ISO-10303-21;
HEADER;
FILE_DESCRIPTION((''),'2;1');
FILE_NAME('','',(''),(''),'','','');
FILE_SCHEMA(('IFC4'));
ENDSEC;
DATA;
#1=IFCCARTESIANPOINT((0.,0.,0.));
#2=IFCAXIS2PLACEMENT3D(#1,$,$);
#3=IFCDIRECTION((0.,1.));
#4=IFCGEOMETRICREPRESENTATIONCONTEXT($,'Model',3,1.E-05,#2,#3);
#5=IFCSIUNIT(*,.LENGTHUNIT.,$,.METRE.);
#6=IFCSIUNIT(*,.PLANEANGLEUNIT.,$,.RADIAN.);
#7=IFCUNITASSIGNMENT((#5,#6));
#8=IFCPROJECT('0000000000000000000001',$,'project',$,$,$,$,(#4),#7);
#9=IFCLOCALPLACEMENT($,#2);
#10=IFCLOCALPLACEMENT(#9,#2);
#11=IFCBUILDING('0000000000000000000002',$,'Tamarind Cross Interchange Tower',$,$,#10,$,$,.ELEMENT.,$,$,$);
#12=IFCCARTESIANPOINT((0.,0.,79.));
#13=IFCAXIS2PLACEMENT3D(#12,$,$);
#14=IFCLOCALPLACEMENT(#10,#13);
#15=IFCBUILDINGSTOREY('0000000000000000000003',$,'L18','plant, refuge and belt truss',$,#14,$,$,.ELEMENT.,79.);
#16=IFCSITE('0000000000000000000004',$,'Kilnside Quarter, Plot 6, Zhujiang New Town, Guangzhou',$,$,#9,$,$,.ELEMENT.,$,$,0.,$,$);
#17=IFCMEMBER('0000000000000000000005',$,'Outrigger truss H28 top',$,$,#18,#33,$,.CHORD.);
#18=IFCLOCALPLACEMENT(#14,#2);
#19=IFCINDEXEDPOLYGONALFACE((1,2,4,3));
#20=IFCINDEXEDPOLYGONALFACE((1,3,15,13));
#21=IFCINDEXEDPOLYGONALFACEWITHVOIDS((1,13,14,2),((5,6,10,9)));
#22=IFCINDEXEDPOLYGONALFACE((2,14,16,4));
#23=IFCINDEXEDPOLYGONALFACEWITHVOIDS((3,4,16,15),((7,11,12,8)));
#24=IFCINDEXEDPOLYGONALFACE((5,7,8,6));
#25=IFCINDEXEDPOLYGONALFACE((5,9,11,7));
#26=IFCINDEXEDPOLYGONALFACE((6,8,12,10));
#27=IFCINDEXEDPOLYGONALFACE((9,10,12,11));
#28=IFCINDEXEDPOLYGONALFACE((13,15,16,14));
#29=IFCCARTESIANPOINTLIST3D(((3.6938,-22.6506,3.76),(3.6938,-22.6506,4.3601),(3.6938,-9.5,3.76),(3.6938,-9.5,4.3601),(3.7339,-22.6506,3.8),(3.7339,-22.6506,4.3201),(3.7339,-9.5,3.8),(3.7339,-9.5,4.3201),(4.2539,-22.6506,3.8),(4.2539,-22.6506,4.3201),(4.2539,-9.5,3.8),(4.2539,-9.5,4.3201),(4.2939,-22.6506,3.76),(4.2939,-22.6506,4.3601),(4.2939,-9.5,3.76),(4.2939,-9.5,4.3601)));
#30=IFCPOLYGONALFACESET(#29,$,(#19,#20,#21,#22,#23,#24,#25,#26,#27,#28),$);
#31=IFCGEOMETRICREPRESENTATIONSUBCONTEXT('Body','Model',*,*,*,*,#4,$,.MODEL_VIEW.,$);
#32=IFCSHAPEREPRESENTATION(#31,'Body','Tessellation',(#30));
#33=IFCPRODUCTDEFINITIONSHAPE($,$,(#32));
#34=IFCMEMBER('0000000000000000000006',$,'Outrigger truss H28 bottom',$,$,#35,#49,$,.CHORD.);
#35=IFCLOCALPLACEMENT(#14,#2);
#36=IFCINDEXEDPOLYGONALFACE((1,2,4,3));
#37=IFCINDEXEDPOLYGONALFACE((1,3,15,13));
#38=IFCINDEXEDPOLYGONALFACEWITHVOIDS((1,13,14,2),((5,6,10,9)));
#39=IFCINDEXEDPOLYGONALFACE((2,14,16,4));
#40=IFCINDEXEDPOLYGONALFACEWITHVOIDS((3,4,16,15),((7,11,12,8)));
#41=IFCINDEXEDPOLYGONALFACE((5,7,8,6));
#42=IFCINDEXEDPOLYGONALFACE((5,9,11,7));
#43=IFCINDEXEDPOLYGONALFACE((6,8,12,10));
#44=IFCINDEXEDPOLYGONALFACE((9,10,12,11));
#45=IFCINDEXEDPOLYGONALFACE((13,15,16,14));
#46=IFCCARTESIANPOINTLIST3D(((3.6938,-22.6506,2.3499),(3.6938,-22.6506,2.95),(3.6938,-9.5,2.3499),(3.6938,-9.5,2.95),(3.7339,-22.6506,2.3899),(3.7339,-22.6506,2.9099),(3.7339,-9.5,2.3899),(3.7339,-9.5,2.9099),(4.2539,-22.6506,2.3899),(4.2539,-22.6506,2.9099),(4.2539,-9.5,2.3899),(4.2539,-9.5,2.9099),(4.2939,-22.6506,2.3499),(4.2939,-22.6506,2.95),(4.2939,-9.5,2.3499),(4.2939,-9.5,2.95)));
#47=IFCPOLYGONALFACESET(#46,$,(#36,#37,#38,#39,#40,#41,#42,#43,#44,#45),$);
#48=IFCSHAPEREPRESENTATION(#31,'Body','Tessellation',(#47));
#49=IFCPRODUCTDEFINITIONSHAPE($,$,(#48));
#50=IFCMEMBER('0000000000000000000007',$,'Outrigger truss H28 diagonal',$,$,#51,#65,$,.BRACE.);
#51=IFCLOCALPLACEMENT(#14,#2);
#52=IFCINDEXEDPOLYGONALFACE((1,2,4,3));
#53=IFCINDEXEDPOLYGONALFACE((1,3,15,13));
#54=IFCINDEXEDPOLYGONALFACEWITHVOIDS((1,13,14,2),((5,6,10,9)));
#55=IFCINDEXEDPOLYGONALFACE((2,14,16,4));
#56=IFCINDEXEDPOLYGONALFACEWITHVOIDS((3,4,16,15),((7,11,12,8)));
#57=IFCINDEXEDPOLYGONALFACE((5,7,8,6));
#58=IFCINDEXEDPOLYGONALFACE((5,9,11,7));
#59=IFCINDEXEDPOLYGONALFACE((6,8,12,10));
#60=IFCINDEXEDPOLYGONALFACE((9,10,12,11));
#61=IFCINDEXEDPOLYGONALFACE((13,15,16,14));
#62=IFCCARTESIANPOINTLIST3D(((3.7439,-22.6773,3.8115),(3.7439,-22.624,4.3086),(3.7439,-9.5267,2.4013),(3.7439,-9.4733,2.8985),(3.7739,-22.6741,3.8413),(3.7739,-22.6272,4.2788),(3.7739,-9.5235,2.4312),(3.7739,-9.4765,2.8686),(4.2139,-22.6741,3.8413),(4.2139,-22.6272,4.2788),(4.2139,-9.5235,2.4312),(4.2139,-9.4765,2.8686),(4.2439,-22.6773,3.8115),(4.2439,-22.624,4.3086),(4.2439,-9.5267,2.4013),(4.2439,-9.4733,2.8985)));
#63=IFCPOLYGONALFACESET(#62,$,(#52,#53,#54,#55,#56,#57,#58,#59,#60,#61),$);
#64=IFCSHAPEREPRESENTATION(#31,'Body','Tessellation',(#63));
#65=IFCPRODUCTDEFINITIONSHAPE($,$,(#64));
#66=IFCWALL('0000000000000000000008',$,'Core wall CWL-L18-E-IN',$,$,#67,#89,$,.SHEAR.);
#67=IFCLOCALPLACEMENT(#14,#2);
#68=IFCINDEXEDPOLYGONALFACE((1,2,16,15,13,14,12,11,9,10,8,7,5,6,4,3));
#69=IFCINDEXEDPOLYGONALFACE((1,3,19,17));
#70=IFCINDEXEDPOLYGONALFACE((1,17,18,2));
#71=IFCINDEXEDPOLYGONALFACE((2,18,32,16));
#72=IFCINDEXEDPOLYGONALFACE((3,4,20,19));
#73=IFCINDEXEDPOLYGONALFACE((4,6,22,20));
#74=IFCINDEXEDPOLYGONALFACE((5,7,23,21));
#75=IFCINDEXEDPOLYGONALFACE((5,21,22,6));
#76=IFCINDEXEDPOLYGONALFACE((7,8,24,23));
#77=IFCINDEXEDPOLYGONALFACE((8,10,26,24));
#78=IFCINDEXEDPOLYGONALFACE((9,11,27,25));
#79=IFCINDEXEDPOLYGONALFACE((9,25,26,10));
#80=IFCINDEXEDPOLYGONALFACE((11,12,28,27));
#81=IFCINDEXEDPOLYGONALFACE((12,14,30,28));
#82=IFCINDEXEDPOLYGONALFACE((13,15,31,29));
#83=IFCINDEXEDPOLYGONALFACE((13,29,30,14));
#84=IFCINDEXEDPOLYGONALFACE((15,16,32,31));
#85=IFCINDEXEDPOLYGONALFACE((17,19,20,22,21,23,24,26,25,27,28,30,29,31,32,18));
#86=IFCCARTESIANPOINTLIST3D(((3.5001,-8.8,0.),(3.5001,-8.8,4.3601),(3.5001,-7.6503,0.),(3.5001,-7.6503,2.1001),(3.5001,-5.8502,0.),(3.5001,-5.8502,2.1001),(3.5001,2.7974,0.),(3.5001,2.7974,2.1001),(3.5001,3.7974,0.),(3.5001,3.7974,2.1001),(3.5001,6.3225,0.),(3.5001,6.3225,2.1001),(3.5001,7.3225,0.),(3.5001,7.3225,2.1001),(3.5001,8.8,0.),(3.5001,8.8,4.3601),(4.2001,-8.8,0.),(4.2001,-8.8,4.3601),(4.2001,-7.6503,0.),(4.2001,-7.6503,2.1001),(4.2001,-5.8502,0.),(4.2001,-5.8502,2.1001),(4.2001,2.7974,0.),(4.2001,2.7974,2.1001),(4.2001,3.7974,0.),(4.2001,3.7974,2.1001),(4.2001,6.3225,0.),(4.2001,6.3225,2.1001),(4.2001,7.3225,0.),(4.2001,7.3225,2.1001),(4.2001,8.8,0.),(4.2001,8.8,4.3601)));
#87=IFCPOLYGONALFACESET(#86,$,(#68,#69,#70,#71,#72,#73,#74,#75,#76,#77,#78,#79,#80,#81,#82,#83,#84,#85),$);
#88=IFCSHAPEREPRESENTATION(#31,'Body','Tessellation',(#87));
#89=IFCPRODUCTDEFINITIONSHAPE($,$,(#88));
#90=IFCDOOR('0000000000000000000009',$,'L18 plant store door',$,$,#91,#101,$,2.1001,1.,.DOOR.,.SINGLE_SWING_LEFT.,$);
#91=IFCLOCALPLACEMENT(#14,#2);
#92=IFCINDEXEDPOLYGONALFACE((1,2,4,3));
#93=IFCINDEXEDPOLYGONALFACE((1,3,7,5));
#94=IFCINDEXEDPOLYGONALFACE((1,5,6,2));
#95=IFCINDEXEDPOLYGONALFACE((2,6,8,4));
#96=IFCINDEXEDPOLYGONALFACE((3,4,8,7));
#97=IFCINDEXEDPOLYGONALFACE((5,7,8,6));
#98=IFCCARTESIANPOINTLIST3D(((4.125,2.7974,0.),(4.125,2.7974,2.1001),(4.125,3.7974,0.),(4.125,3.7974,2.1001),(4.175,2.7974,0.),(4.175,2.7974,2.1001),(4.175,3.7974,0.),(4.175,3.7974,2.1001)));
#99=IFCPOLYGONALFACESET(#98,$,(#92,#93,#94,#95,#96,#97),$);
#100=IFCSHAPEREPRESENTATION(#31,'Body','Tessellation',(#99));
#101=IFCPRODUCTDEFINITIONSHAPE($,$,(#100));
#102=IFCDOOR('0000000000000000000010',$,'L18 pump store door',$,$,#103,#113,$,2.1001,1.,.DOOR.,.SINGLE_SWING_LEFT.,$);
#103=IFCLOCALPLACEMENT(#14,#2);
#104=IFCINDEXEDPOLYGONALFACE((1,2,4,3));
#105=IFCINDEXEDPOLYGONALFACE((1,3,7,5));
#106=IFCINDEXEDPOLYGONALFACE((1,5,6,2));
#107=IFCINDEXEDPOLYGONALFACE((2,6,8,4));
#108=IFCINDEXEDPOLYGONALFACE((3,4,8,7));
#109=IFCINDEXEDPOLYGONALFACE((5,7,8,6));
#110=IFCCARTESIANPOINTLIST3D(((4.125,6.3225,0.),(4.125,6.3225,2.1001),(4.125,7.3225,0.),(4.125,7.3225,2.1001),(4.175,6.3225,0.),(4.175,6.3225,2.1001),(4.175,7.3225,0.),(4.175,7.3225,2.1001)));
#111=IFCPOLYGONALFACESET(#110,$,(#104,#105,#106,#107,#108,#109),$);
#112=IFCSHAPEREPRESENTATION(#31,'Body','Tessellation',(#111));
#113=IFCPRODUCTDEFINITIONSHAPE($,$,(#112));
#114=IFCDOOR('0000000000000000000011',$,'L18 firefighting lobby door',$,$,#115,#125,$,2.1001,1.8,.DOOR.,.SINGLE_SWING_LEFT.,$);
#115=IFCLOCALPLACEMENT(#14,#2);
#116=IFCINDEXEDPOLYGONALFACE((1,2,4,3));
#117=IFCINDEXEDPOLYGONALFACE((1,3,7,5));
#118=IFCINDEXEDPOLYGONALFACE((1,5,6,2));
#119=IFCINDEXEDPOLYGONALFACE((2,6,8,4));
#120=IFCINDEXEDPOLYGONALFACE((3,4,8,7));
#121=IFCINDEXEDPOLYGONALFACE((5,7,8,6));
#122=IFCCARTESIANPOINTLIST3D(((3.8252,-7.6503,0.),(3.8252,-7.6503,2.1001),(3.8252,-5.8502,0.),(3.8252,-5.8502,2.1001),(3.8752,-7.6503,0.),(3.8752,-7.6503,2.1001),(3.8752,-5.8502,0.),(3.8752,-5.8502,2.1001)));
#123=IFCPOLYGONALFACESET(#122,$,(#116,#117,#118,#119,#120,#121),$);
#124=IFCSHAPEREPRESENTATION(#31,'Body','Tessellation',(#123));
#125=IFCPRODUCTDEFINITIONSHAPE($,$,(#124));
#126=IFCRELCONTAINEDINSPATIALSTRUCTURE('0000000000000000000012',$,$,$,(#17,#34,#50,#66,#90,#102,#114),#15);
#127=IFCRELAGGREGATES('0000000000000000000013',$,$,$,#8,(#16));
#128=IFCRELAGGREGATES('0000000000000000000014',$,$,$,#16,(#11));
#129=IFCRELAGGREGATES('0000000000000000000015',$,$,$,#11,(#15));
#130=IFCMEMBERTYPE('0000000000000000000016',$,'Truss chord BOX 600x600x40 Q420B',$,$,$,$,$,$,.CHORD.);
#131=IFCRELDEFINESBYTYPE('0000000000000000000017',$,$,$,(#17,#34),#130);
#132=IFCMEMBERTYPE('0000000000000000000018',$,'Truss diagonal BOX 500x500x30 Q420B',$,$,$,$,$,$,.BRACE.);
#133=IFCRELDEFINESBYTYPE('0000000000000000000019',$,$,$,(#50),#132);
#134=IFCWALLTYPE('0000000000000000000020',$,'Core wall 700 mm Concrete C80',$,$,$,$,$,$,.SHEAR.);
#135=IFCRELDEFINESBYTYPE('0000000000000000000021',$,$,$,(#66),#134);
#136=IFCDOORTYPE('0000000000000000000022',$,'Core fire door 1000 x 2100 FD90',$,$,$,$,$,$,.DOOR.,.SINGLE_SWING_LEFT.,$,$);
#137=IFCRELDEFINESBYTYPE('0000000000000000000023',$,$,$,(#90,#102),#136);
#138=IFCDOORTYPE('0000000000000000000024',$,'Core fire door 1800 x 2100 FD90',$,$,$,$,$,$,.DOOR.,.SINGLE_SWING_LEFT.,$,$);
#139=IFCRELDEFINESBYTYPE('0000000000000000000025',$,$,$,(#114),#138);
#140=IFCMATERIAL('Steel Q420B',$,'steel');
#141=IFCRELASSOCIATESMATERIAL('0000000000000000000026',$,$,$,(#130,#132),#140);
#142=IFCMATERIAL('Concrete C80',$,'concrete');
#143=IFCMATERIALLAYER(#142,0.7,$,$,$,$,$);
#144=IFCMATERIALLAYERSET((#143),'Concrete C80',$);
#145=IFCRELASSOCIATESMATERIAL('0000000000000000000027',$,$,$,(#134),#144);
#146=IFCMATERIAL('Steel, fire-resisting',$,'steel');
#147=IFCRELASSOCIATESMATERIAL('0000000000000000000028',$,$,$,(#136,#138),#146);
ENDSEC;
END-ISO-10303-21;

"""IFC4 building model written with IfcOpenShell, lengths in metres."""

from ifc_helpers import new_model, si_unit, direction, frame, frame_2d, origin, origin_2d, place, context, subcontext, project, spatial, rectangle, hollow_rectangle, extrude, material, layer, layer_set, material_profile, profile_set, type_object, element, fill, save


model = new_model("IFC4")

# Units and contexts
model_context = context("Model", 3, precision=1e-05, world=origin(), true_north=direction((0.0, 1.0)))
body_context = subcontext(model_context, "Body", "Model", "MODEL_VIEW")
ifc_project = project(units=[si_unit("LENGTHUNIT", "METRE"), si_unit("PLANEANGLEUNIT", "RADIAN")], contexts=[model_context])

# Site, building, storey
site_placement = place(None, origin())
site = spatial("IfcSite", under=ifc_project, at=site_placement, Name="Kilnside Quarter, Plot 6, Zhujiang New Town, Guangzhou", CompositionType="ELEMENT", RefElevation=0.0)
building_placement = place(site_placement, origin())
building = spatial("IfcBuilding", under=site, at=building_placement, Name="Tamarind Cross Interchange Tower", CompositionType="ELEMENT")
storey_placement = place(building_placement, frame((0.0, 0.0, 79.0)))
storey = spatial("IfcBuildingStorey", under=building, at=storey_placement, Name="L18", Description="plant, refuge and belt truss", CompositionType="ELEMENT", Elevation=79.0)

# Members
ifc_material_1 = material(Name="Steel Q420B", Category="steel")
ifc_material_profile_1 = material_profile(ifc_material_1, hollow_rectangle(XDim=0.6001, YDim=0.6001, WallThickness=0.04, at=origin_2d()), Name="BOX 600x600x40")
ifc_profile_set_1 = profile_set([ifc_material_profile_1], Name="Steel Q420B")
member_type_1 = type_object("IfcMemberType", Name="Truss chord BOX 600x600x40 Q420B", PredefinedType="CHORD", material=ifc_profile_set_1)
for number, where, z_axis, x_axis, name in (
    (1, (3.9939, -9.5, 4.0601), (0.0, -1.0, 0.0), (1.0, 0.0, 0.0), "Outrigger truss H28 top"),
    (2, (3.9939, -9.5, 2.6499), (0.0, -1.0, 0.0), (1.0, 0.0, 0.0), "Outrigger truss H28 bottom"),
):
    element("IfcMember", number, at=place(storey_placement, frame(where, z_axis=z_axis, x_axis=x_axis)), inside=storey, type_object=member_type_1, Name=name, PredefinedType="CHORD", context=body_context, shape_type="SweptSolid", body=[
        extrude(hollow_rectangle(XDim=0.6001, YDim=0.6001, WallThickness=0.04, at=origin_2d()), origin(), (0.0, 0.0, 1.0), 13.1506),
    ])
ifc_material_profile_2 = material_profile(ifc_material_1, hollow_rectangle(XDim=0.5, YDim=0.5, WallThickness=0.03, at=origin_2d()), Name="BOX 500x500x30")
ifc_profile_set_2 = profile_set([ifc_material_profile_2], Name="Steel Q420B")
member_type_2 = type_object("IfcMemberType", Name="Truss diagonal BOX 500x500x30 Q420B", PredefinedType="BRACE", material=ifc_profile_set_2)
member_placement = place(storey_placement, frame((3.9939, -9.5, 2.6499), z_axis=(0.0, -0.9943, 0.10662), x_axis=(1.0, 0.0, 0.0)))
element("IfcMember", 3, at=member_placement, inside=storey, type_object=member_type_2, Name="Outrigger truss H28 diagonal", PredefinedType="BRACE", context=body_context, shape_type="SweptSolid", body=[
    extrude(hollow_rectangle(XDim=0.5, YDim=0.5, WallThickness=0.03, at=origin_2d()), origin(), (0.0, 0.0, 1.0), 13.2261),
])

# Wall, openings, doors
ifc_material_2 = material(Name="Concrete C80", Category="concrete")
ifc_layer_1 = layer(ifc_material_2, 0.7)
ifc_layer_set_1 = layer_set([ifc_layer_1], Name="Concrete C80")
wall_type = type_object("IfcWallType", Name="Core wall 700 mm Concrete C80", PredefinedType="SHEAR", material=ifc_layer_set_1)
wall_placement = place(storey_placement, frame((3.8501, -8.8, 0.0), z_axis=(0.0, 0.0, 1.0), x_axis=(0.0, 1.0, 0.0)))
wall = element("IfcWall", 4, at=wall_placement, inside=storey, type_object=wall_type, Name="Core wall CWL-L18-E-IN", PredefinedType="SHEAR", context=body_context, shape_type="SweptSolid", body=[
    extrude(rectangle(XDim=17.6001, YDim=0.7, at=frame_2d((8.8, 0.0))), origin(), (0.0, 0.0, 1.0), 4.3601),
])
opening_1_placement = place(wall_placement, frame((1.1499, 0.0, 0.0)))
opening_1 = element("IfcOpeningElement", 5, at=opening_1_placement, cuts=wall, PredefinedType="OPENING", context=body_context, shape_type="SweptSolid", body=[
    extrude(rectangle(XDim=1.8, YDim=2.1001, at=frame_2d((0.8999, 1.05))), frame((0.0, 0.3599, 0.0), z_axis=(0.0, -1.0, 0.0), x_axis=(1.0, 0.0, 0.0)), (0.0, 0.0, 1.0), 0.72),
])
opening_2_placement = place(wall_placement, frame((11.5974, 0.0, 0.0)))
opening_2 = element("IfcOpeningElement", 6, at=opening_2_placement, cuts=wall, PredefinedType="OPENING", context=body_context, shape_type="SweptSolid", body=[
    extrude(rectangle(XDim=1.0, YDim=2.1001, at=frame_2d((0.5, 1.05))), frame((0.0, 0.3599, 0.0), z_axis=(0.0, -1.0, 0.0), x_axis=(1.0, 0.0, 0.0)), (0.0, 0.0, 1.0), 0.72),
])
opening_3_placement = place(wall_placement, frame((15.1226, 0.0, 0.0)))
opening_3 = element("IfcOpeningElement", 7, at=opening_3_placement, cuts=wall, PredefinedType="OPENING", context=body_context, shape_type="SweptSolid", body=[
    extrude(rectangle(XDim=1.0, YDim=2.1001, at=frame_2d((0.5, 1.05))), frame((0.0, 0.3599, 0.0), z_axis=(0.0, -1.0, 0.0), x_axis=(1.0, 0.0, 0.0)), (0.0, 0.0, 1.0), 0.72),
])
ifc_material_3 = material(Name="Steel, fire-resisting", Category="steel")
door_type_1 = type_object("IfcDoorType", Name="Core fire door 1000 x 2100 FD90", OperationType="SINGLE_SWING_LEFT", PredefinedType="DOOR", material=ifc_material_3)
door_1_placement = place(opening_2_placement, origin())
door_1 = element("IfcDoor", 8, at=door_1_placement, inside=storey, type_object=door_type_1, Name="L18 plant store door", OperationType="SINGLE_SWING_LEFT", OverallHeight=2.1001, OverallWidth=1.0, PredefinedType="DOOR", context=body_context, shape_type="SweptSolid", body=[
    extrude(rectangle(XDim=1.0, YDim=2.1001, at=frame_2d((0.5, 1.05))), frame((0.0, -0.2749, 0.0), z_axis=(0.0, -1.0, 0.0), x_axis=(1.0, 0.0, 0.0)), (0.0, 0.0, 1.0), 0.05),
])
fill(opening_2, door_1)
door_2_placement = place(opening_3_placement, origin())
door_2 = element("IfcDoor", 9, at=door_2_placement, inside=storey, type_object=door_type_1, Name="L18 pump store door", OperationType="SINGLE_SWING_LEFT", OverallHeight=2.1001, OverallWidth=1.0, PredefinedType="DOOR", context=body_context, shape_type="SweptSolid", body=[
    extrude(rectangle(XDim=1.0, YDim=2.1001, at=frame_2d((0.5, 1.05))), frame((0.0, -0.2749, 0.0), z_axis=(0.0, -1.0, 0.0), x_axis=(1.0, 0.0, 0.0)), (0.0, 0.0, 1.0), 0.05),
])
fill(opening_3, door_2)
door_type_2 = type_object("IfcDoorType", Name="Core fire door 1800 x 2100 FD90", OperationType="SINGLE_SWING_LEFT", PredefinedType="DOOR", material=ifc_material_3)
door_3_placement = place(opening_1_placement, origin())
door_3 = element("IfcDoor", 10, at=door_3_placement, inside=storey, type_object=door_type_2, Name="L18 firefighting lobby door", OperationType="SINGLE_SWING_LEFT", OverallHeight=2.1001, OverallWidth=1.8, PredefinedType="DOOR", context=body_context, shape_type="SweptSolid", body=[
    extrude(rectangle(XDim=1.8, YDim=2.1001, at=frame_2d((0.8999, 1.05))), frame((0.0, 0.0249, 0.0), z_axis=(0.0, -1.0, 0.0), x_axis=(1.0, 0.0, 0.0)), (0.0, 0.0, 1.0), 0.05),
])
fill(opening_1, door_3)

save(model, "model.ifc")
